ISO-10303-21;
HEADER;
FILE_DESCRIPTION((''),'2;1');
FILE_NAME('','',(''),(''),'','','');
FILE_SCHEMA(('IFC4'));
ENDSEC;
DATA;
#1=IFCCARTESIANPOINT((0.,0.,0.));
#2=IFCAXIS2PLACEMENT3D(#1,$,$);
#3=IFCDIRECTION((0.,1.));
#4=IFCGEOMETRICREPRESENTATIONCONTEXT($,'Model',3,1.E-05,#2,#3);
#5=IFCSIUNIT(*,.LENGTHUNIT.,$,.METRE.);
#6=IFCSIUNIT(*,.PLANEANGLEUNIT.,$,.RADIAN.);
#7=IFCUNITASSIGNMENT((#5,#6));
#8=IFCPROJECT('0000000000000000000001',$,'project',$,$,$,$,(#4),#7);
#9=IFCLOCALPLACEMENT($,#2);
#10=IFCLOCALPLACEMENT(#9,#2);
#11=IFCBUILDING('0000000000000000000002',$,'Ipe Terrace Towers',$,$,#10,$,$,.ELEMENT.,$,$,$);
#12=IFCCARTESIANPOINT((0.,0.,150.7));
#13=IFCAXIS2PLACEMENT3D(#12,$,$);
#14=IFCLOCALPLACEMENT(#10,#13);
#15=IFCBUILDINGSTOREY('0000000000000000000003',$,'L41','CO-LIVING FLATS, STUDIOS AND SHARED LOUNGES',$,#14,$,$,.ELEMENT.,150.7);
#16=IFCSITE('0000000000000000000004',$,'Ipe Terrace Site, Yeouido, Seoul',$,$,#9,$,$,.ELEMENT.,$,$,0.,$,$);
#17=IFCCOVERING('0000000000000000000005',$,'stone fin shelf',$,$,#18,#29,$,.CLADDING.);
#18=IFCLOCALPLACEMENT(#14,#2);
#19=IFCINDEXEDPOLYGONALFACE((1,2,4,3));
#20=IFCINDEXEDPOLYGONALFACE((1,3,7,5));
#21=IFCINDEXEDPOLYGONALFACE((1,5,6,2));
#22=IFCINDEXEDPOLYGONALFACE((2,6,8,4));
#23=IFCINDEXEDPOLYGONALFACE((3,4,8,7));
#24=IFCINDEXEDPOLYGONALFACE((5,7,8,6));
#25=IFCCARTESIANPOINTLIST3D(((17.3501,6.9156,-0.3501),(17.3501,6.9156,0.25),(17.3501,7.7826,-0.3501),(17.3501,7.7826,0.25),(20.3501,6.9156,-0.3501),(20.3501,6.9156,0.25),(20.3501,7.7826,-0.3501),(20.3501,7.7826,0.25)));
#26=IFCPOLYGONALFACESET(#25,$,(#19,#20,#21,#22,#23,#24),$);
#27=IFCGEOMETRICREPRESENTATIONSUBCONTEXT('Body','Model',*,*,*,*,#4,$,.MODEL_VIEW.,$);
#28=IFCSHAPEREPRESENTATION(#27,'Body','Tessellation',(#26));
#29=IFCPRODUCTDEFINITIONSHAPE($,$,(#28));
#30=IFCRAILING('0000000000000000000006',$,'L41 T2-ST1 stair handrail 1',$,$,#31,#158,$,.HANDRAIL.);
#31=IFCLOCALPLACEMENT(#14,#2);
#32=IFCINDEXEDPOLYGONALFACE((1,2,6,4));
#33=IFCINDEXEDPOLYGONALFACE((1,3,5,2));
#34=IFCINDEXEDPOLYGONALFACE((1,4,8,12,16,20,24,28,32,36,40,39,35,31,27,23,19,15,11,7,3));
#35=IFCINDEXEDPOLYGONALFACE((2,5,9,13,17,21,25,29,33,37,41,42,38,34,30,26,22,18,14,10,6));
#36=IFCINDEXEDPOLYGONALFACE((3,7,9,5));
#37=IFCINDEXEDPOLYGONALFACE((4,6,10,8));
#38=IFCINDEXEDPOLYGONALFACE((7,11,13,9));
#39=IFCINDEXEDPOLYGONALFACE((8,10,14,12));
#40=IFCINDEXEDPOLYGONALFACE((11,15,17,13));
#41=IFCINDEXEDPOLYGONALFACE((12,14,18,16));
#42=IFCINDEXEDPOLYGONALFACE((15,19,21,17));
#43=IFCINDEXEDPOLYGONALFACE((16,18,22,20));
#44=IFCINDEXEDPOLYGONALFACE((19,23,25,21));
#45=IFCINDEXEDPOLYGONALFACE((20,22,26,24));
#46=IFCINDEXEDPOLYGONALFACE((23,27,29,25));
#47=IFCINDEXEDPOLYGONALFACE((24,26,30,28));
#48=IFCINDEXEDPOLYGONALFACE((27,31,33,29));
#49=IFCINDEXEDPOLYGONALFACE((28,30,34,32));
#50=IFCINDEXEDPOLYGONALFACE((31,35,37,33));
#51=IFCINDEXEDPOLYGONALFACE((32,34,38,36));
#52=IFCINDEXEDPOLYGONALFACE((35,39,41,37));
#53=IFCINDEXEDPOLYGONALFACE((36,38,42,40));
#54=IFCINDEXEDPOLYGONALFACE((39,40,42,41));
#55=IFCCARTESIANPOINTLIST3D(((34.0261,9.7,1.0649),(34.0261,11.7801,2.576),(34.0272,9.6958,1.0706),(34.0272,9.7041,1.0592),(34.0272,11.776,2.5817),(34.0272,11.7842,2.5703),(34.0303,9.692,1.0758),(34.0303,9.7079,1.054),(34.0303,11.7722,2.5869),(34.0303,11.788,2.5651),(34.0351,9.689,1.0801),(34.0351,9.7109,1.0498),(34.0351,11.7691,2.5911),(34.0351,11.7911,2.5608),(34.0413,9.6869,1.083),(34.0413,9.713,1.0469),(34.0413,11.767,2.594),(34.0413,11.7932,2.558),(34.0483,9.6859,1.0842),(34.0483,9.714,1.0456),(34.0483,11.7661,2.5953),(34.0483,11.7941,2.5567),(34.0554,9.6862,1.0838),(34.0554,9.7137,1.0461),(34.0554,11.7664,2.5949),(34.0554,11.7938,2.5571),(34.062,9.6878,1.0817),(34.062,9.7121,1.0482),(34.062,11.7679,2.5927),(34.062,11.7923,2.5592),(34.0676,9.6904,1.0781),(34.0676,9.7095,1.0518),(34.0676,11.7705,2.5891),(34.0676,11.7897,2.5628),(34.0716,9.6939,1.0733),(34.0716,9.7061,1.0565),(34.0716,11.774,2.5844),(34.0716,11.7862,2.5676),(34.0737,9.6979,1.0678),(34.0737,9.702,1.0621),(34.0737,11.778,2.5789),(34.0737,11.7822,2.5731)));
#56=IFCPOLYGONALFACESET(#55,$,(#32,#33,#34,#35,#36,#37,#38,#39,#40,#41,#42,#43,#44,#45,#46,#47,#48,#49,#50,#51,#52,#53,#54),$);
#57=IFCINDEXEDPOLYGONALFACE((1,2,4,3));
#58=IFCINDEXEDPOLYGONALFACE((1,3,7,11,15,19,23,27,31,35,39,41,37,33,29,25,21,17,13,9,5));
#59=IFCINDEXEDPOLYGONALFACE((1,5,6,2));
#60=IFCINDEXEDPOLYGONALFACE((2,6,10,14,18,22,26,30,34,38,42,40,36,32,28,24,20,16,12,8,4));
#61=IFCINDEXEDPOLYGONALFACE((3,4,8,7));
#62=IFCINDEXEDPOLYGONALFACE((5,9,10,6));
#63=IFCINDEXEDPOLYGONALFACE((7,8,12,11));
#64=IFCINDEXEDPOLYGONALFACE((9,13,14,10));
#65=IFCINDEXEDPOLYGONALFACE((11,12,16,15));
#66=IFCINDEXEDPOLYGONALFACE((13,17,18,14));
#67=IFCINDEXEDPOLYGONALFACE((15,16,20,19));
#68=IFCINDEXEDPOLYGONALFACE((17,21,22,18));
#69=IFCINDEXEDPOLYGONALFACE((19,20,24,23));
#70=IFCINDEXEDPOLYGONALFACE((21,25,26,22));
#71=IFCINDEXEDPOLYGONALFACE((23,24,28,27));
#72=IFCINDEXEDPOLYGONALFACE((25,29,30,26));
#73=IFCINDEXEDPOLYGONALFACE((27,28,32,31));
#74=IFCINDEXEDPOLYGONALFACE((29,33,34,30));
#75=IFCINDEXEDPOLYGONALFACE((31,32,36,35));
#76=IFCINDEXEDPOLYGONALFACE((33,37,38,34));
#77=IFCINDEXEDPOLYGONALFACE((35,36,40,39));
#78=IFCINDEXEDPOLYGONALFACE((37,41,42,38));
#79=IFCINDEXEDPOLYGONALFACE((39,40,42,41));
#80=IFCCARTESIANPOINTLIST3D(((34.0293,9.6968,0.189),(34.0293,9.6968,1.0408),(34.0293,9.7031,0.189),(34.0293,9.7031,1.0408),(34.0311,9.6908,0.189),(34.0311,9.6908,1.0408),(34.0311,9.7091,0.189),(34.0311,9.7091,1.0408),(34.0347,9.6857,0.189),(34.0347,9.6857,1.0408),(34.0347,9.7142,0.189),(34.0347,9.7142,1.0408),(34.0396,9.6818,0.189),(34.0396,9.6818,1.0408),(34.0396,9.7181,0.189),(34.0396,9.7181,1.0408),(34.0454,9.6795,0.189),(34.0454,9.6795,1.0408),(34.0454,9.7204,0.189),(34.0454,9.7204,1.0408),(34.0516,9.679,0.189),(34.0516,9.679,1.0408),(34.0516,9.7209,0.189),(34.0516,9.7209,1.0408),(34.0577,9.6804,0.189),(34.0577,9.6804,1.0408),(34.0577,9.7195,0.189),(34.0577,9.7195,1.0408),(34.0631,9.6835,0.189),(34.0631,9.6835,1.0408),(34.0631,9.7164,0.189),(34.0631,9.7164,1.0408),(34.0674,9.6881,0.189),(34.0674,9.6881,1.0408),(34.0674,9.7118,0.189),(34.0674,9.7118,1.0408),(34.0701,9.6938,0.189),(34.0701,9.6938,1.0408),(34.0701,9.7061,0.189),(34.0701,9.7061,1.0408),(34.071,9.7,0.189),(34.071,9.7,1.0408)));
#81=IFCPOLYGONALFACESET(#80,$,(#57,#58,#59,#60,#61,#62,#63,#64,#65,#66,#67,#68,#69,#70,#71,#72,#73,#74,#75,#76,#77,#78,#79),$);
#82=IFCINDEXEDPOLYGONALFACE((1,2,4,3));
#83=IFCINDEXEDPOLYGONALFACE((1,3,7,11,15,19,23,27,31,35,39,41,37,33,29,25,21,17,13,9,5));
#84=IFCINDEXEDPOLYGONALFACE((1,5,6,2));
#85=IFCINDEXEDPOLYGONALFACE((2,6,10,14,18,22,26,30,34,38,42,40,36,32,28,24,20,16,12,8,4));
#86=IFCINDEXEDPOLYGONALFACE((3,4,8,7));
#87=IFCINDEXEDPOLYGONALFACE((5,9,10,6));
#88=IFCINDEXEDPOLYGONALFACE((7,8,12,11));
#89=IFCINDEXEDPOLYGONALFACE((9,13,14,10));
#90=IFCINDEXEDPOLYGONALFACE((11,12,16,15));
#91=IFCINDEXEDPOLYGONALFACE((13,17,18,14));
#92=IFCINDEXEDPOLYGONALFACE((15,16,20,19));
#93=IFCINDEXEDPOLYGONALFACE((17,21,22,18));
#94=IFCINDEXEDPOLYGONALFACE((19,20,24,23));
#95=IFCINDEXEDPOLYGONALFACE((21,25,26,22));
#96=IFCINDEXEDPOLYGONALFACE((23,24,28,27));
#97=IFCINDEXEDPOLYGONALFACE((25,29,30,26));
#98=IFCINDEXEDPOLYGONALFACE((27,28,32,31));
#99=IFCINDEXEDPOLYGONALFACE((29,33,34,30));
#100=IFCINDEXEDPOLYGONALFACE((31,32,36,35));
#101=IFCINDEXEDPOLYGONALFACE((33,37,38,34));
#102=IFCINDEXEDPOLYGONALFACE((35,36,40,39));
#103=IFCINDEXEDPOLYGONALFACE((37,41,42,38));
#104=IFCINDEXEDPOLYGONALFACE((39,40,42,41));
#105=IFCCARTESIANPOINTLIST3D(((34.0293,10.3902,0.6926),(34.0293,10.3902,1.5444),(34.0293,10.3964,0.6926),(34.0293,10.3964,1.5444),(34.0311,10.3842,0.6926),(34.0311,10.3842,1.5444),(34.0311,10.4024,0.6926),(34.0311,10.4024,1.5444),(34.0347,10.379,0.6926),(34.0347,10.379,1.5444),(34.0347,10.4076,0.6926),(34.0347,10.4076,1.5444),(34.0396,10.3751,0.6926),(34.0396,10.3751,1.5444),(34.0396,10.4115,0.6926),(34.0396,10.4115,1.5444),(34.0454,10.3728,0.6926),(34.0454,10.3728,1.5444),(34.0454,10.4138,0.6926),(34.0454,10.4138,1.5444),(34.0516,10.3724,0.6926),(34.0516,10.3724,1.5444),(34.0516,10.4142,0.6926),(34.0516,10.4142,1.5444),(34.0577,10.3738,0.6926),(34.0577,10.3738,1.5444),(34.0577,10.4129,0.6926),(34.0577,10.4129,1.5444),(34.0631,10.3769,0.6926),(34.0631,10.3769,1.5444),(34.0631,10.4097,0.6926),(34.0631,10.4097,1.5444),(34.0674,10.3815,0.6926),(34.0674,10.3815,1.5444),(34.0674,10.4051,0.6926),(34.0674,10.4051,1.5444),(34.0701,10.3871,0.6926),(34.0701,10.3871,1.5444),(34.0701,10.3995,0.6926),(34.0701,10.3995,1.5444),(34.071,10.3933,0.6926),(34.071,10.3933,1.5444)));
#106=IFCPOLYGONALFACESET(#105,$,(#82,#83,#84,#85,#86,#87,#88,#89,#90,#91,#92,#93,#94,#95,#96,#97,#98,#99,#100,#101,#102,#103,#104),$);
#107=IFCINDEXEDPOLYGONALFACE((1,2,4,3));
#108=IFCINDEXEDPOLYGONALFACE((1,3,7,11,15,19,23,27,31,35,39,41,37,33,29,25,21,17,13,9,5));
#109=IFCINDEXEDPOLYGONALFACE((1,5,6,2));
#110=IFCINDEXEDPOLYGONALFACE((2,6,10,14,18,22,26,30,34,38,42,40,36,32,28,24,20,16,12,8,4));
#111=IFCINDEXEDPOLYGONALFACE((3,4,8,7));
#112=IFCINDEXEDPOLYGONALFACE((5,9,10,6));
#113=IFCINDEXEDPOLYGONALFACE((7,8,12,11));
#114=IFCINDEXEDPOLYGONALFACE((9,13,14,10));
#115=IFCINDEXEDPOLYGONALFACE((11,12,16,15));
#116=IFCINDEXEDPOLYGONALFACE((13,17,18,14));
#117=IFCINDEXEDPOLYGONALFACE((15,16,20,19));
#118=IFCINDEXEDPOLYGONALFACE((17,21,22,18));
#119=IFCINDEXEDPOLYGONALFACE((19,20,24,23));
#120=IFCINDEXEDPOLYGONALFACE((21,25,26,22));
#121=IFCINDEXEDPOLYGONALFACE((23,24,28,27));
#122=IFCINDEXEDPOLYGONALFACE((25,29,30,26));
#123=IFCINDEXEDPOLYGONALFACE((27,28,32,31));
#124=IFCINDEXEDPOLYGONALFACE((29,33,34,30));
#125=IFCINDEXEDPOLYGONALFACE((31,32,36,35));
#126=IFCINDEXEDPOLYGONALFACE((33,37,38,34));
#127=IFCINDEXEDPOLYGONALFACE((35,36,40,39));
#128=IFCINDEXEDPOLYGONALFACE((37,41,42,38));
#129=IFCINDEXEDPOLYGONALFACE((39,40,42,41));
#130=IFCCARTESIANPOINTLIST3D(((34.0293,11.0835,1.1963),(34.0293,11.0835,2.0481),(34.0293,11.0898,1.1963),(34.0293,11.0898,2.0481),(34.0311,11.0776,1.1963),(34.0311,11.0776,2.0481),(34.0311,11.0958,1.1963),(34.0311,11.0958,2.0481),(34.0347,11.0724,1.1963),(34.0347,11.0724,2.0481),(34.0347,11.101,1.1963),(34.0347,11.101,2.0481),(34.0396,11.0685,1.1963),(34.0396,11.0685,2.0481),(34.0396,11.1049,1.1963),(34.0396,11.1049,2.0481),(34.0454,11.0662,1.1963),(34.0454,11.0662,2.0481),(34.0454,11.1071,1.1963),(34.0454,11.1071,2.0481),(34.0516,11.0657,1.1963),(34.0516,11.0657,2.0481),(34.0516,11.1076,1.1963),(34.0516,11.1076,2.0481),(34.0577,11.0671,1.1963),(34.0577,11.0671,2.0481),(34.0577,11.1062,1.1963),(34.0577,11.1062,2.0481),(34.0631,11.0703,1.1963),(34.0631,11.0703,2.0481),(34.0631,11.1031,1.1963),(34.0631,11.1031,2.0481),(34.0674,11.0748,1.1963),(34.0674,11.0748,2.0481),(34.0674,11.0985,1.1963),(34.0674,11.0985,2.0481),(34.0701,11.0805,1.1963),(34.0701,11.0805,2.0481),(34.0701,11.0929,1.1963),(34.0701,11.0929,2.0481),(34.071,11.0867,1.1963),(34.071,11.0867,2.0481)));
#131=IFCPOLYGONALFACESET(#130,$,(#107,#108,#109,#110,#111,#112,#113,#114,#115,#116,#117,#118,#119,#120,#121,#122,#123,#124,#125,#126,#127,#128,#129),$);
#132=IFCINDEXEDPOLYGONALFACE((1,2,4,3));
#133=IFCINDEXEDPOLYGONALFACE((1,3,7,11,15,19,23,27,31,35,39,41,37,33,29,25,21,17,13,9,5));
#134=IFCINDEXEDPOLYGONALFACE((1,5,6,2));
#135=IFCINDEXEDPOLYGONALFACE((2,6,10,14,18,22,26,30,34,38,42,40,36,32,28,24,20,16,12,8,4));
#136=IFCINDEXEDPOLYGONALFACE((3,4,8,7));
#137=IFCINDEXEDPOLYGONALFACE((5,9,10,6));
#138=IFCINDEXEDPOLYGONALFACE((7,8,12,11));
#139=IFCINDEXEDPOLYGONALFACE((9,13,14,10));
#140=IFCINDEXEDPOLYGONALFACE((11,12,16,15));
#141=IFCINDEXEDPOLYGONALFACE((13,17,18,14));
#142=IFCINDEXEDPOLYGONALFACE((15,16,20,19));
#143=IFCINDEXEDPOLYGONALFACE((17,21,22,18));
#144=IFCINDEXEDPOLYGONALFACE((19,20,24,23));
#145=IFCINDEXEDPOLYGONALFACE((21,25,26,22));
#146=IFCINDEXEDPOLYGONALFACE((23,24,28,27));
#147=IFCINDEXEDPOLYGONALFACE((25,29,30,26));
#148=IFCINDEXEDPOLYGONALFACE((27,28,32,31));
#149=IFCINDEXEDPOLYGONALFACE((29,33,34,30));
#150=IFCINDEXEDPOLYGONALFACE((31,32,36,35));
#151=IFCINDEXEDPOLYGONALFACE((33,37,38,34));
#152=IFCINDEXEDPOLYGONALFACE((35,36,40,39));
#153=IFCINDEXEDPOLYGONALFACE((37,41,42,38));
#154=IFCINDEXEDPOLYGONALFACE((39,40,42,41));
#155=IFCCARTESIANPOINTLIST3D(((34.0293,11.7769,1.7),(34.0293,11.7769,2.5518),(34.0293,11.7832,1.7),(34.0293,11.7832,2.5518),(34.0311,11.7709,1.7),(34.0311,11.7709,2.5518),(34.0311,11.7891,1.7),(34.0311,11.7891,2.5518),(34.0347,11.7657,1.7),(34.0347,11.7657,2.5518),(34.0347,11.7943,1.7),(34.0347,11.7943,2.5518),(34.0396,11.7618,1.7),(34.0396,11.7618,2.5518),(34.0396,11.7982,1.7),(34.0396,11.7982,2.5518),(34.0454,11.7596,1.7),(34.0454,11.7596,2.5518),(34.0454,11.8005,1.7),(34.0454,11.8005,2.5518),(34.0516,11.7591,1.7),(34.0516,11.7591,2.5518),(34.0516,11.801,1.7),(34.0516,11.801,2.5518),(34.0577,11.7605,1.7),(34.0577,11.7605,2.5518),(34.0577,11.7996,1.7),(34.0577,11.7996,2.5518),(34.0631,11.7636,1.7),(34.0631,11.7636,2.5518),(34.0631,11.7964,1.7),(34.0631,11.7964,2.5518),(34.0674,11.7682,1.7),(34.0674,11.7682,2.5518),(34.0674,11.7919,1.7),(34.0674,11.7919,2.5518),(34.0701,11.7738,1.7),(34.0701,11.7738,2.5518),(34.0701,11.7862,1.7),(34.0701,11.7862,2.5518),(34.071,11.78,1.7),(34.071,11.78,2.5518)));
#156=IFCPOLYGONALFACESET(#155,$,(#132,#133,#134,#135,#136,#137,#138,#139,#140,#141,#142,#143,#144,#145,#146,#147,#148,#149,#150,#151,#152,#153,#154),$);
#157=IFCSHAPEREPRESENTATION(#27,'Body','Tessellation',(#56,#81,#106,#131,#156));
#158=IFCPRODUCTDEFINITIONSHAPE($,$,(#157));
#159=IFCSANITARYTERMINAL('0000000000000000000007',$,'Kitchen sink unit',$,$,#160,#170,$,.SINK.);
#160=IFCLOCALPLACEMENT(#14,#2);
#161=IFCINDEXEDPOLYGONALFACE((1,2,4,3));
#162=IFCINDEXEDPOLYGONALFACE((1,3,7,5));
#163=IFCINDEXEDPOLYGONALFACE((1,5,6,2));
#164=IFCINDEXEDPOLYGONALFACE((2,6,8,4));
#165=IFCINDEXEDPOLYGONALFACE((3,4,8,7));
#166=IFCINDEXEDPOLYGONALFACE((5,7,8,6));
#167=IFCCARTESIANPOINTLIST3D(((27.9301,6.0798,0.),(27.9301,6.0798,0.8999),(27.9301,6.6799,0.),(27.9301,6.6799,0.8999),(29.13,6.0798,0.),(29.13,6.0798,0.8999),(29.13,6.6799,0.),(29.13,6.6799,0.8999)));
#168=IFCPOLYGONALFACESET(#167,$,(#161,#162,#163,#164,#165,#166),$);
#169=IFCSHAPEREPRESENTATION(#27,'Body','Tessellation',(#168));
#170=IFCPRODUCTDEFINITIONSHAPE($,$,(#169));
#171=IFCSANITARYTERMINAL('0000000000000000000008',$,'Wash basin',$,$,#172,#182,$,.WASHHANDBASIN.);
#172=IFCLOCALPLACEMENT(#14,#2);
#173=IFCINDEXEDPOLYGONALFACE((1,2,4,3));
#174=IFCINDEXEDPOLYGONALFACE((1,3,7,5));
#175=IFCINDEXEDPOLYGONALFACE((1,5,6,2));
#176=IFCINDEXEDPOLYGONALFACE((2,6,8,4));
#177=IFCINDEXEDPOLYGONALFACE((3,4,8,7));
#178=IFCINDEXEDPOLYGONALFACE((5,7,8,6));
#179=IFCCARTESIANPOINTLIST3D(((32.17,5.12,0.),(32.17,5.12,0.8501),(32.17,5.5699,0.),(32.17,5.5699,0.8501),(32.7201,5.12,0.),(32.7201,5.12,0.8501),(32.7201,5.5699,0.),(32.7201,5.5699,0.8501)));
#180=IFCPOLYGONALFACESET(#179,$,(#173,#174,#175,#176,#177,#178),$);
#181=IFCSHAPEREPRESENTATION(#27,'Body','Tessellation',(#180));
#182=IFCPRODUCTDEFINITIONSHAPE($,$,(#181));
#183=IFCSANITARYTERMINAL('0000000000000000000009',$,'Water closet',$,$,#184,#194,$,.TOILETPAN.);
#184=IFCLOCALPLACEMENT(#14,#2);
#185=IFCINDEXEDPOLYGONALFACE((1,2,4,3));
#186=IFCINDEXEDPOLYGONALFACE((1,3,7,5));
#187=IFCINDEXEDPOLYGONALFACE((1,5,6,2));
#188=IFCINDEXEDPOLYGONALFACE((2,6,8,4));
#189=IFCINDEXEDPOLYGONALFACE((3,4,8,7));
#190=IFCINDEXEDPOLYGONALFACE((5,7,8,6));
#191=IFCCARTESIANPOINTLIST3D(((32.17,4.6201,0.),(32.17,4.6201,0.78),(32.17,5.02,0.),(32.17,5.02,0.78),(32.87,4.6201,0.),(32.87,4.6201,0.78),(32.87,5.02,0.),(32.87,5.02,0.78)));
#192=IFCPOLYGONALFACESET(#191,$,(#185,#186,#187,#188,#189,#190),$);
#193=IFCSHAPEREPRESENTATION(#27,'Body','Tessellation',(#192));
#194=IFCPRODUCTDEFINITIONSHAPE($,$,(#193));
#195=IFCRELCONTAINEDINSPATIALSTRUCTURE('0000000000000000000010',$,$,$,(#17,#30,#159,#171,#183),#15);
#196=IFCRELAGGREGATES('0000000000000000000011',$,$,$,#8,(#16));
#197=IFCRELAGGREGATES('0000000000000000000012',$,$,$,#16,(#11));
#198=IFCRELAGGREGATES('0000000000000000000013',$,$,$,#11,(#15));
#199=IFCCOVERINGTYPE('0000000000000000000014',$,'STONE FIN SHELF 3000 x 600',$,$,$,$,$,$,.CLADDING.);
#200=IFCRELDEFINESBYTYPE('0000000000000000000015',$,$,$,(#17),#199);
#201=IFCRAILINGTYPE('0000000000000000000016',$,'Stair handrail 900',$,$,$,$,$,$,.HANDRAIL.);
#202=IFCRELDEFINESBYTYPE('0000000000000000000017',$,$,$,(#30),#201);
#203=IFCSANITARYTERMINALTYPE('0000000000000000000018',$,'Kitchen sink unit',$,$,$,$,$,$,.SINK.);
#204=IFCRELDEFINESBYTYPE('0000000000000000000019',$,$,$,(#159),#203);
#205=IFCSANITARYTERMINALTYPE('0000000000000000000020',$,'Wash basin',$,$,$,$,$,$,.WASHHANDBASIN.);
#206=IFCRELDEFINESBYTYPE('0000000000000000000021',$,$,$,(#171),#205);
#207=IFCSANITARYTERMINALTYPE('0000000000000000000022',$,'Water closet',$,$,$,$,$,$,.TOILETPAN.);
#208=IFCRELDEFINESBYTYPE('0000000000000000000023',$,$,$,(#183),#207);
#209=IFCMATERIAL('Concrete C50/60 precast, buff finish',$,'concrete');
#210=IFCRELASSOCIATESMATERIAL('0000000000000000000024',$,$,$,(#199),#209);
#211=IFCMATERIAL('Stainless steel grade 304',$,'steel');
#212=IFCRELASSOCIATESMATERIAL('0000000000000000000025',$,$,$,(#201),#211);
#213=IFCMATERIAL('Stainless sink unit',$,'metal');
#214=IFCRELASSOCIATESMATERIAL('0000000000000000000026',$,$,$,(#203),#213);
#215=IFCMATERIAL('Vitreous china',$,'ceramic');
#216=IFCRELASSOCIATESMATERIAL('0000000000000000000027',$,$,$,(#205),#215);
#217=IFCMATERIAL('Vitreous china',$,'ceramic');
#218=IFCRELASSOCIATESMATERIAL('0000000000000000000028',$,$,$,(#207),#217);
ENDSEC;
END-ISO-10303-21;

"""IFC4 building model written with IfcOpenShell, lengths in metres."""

from ifc_helpers import new_model, si_unit, direction, frame, origin, origin_2d, place, context, subcontext, project, spatial, rectangle, circle, extrude, material, type_object, element, save


model = new_model("IFC4")

# Units and contexts
model_context = context("Model", 3, precision=1e-05, world=origin(), true_north=direction((0.0, 1.0)))
body_context = subcontext(model_context, "Body", "Model", "MODEL_VIEW")
ifc_project = project(units=[si_unit("LENGTHUNIT", "METRE"), si_unit("PLANEANGLEUNIT", "RADIAN")], contexts=[model_context])

# Site, building, storey
site_placement = place(None, origin())
site = spatial("IfcSite", under=ifc_project, at=site_placement, Name="Ipe Terrace Site, Yeouido, Seoul", CompositionType="ELEMENT", RefElevation=0.0)
building_placement = place(site_placement, origin())
building = spatial("IfcBuilding", under=site, at=building_placement, Name="Ipe Terrace Towers", CompositionType="ELEMENT")
storey_placement = place(building_placement, frame((0.0, 0.0, 150.7)))
storey = spatial("IfcBuildingStorey", under=building, at=storey_placement, Name="L41", Description="CO-LIVING FLATS, STUDIOS AND SHARED LOUNGES", CompositionType="ELEMENT", Elevation=150.7)

# Covering
ifc_material_1 = material(Name="Concrete C50/60 precast, buff finish", Category="concrete")
covering_type_1 = type_object("IfcCoveringType", Name="STONE FIN SHELF 3000 x 600", PredefinedType="CLADDING", material=ifc_material_1)
covering_1_placement = place(storey_placement, frame((18.8501, 7.3491, -0.3501), z_axis=(0.0, 0.0, 1.0), x_axis=(-1.0, 0.0, 0.0)))
element("IfcCovering", 1, at=covering_1_placement, inside=storey, type_object=covering_type_1, Name="stone fin shelf", PredefinedType="CLADDING", context=body_context, shape_type="SweptSolid", body=[
    extrude(rectangle(XDim=3.0, YDim=0.8669, at=origin_2d()), origin(), (0.0, 0.0, 1.0), 0.6001),
])

# Railing
ifc_material_2 = material(Name="Stainless steel grade 304", Category="steel")
railing_type_1 = type_object("IfcRailingType", Name="Stair handrail 900", PredefinedType="HANDRAIL", material=ifc_material_2)
railing_1_placement = place(storey_placement, frame((34.05, 9.7, 0.189)))
element("IfcRailing", 2, at=railing_1_placement, inside=storey, type_object=railing_type_1, Name="L41 T2-ST1 stair handrail 1", PredefinedType="HANDRAIL", context=body_context, shape_type="SweptSolid", body=[
    extrude(circle(Radius=0.0239, at=origin_2d()), frame((0.0, 0.0, 0.876), z_axis=(0.0, 0.809069, 0.587714), x_axis=(-1.0, 0.0, 0.0)), (0.0, 0.0, 1.0), 2.571),
    extrude(circle(Radius=0.021, at=origin_2d()), origin(), (0.0, 0.0, 1.0), 0.8518),
    extrude(circle(Radius=0.021, at=origin_2d()), frame((0.0, 0.6934, 0.5037)), (0.0, 0.0, 1.0), 0.8518),
    extrude(circle(Radius=0.021, at=origin_2d()), frame((0.0, 1.3867, 1.0073)), (0.0, 0.0, 1.0), 0.8518),
    extrude(circle(Radius=0.021, at=origin_2d()), frame((0.0, 2.0801, 1.511)), (0.0, 0.0, 1.0), 0.8518),
])

# Sanitary terminals
ifc_material_3 = material(Name="Stainless sink unit", Category="metal")
sanitary_terminal_type_1 = type_object("IfcSanitaryTerminalType", Name="Kitchen sink unit", PredefinedType="SINK", material=ifc_material_3)
sanitary_terminal_1_placement = place(storey_placement, frame((28.53, 6.3799, 0.0), z_axis=(0.0, 0.0, 1.0), x_axis=(1.0, 0.0, 0.0)))
element("IfcSanitaryTerminal", 3, at=sanitary_terminal_1_placement, inside=storey, type_object=sanitary_terminal_type_1, Name="Kitchen sink unit", PredefinedType="SINK", context=body_context, shape_type="SweptSolid", body=[
    extrude(rectangle(XDim=1.2, YDim=0.6001, at=origin_2d()), origin(), (0.0, 0.0, 1.0), 0.8999),
])
ifc_material_4 = material(Name="Vitreous china", Category="ceramic")
sanitary_terminal_type_2 = type_object("IfcSanitaryTerminalType", Name="Wash basin", PredefinedType="WASHHANDBASIN", material=ifc_material_4)
sanitary_terminal_2_placement = place(storey_placement, frame((32.4451, 5.345, 0.0), z_axis=(0.0, 0.0, 1.0), x_axis=(1.0, 0.0, 0.0)))
element("IfcSanitaryTerminal", 4, at=sanitary_terminal_2_placement, inside=storey, type_object=sanitary_terminal_type_2, Name="Wash basin", PredefinedType="WASHHANDBASIN", context=body_context, shape_type="SweptSolid", body=[
    extrude(rectangle(XDim=0.55, YDim=0.45, at=origin_2d()), origin(), (0.0, 0.0, 1.0), 0.8501),
])
ifc_material_5 = material(Name="Vitreous china", Category="ceramic")
sanitary_terminal_type_3 = type_object("IfcSanitaryTerminalType", Name="Water closet", PredefinedType="TOILETPAN", material=ifc_material_5)
sanitary_terminal_3_placement = place(storey_placement, frame((32.52, 4.8201, 0.0), z_axis=(0.0, 0.0, 1.0), x_axis=(1.0, 0.0, 0.0)))
element("IfcSanitaryTerminal", 5, at=sanitary_terminal_3_placement, inside=storey, type_object=sanitary_terminal_type_3, Name="Water closet", PredefinedType="TOILETPAN", context=body_context, shape_type="SweptSolid", body=[
    extrude(rectangle(XDim=0.7, YDim=0.3999, at=origin_2d()), origin(), (0.0, 0.0, 1.0), 0.78),
])

save(model, "model.ifc")
